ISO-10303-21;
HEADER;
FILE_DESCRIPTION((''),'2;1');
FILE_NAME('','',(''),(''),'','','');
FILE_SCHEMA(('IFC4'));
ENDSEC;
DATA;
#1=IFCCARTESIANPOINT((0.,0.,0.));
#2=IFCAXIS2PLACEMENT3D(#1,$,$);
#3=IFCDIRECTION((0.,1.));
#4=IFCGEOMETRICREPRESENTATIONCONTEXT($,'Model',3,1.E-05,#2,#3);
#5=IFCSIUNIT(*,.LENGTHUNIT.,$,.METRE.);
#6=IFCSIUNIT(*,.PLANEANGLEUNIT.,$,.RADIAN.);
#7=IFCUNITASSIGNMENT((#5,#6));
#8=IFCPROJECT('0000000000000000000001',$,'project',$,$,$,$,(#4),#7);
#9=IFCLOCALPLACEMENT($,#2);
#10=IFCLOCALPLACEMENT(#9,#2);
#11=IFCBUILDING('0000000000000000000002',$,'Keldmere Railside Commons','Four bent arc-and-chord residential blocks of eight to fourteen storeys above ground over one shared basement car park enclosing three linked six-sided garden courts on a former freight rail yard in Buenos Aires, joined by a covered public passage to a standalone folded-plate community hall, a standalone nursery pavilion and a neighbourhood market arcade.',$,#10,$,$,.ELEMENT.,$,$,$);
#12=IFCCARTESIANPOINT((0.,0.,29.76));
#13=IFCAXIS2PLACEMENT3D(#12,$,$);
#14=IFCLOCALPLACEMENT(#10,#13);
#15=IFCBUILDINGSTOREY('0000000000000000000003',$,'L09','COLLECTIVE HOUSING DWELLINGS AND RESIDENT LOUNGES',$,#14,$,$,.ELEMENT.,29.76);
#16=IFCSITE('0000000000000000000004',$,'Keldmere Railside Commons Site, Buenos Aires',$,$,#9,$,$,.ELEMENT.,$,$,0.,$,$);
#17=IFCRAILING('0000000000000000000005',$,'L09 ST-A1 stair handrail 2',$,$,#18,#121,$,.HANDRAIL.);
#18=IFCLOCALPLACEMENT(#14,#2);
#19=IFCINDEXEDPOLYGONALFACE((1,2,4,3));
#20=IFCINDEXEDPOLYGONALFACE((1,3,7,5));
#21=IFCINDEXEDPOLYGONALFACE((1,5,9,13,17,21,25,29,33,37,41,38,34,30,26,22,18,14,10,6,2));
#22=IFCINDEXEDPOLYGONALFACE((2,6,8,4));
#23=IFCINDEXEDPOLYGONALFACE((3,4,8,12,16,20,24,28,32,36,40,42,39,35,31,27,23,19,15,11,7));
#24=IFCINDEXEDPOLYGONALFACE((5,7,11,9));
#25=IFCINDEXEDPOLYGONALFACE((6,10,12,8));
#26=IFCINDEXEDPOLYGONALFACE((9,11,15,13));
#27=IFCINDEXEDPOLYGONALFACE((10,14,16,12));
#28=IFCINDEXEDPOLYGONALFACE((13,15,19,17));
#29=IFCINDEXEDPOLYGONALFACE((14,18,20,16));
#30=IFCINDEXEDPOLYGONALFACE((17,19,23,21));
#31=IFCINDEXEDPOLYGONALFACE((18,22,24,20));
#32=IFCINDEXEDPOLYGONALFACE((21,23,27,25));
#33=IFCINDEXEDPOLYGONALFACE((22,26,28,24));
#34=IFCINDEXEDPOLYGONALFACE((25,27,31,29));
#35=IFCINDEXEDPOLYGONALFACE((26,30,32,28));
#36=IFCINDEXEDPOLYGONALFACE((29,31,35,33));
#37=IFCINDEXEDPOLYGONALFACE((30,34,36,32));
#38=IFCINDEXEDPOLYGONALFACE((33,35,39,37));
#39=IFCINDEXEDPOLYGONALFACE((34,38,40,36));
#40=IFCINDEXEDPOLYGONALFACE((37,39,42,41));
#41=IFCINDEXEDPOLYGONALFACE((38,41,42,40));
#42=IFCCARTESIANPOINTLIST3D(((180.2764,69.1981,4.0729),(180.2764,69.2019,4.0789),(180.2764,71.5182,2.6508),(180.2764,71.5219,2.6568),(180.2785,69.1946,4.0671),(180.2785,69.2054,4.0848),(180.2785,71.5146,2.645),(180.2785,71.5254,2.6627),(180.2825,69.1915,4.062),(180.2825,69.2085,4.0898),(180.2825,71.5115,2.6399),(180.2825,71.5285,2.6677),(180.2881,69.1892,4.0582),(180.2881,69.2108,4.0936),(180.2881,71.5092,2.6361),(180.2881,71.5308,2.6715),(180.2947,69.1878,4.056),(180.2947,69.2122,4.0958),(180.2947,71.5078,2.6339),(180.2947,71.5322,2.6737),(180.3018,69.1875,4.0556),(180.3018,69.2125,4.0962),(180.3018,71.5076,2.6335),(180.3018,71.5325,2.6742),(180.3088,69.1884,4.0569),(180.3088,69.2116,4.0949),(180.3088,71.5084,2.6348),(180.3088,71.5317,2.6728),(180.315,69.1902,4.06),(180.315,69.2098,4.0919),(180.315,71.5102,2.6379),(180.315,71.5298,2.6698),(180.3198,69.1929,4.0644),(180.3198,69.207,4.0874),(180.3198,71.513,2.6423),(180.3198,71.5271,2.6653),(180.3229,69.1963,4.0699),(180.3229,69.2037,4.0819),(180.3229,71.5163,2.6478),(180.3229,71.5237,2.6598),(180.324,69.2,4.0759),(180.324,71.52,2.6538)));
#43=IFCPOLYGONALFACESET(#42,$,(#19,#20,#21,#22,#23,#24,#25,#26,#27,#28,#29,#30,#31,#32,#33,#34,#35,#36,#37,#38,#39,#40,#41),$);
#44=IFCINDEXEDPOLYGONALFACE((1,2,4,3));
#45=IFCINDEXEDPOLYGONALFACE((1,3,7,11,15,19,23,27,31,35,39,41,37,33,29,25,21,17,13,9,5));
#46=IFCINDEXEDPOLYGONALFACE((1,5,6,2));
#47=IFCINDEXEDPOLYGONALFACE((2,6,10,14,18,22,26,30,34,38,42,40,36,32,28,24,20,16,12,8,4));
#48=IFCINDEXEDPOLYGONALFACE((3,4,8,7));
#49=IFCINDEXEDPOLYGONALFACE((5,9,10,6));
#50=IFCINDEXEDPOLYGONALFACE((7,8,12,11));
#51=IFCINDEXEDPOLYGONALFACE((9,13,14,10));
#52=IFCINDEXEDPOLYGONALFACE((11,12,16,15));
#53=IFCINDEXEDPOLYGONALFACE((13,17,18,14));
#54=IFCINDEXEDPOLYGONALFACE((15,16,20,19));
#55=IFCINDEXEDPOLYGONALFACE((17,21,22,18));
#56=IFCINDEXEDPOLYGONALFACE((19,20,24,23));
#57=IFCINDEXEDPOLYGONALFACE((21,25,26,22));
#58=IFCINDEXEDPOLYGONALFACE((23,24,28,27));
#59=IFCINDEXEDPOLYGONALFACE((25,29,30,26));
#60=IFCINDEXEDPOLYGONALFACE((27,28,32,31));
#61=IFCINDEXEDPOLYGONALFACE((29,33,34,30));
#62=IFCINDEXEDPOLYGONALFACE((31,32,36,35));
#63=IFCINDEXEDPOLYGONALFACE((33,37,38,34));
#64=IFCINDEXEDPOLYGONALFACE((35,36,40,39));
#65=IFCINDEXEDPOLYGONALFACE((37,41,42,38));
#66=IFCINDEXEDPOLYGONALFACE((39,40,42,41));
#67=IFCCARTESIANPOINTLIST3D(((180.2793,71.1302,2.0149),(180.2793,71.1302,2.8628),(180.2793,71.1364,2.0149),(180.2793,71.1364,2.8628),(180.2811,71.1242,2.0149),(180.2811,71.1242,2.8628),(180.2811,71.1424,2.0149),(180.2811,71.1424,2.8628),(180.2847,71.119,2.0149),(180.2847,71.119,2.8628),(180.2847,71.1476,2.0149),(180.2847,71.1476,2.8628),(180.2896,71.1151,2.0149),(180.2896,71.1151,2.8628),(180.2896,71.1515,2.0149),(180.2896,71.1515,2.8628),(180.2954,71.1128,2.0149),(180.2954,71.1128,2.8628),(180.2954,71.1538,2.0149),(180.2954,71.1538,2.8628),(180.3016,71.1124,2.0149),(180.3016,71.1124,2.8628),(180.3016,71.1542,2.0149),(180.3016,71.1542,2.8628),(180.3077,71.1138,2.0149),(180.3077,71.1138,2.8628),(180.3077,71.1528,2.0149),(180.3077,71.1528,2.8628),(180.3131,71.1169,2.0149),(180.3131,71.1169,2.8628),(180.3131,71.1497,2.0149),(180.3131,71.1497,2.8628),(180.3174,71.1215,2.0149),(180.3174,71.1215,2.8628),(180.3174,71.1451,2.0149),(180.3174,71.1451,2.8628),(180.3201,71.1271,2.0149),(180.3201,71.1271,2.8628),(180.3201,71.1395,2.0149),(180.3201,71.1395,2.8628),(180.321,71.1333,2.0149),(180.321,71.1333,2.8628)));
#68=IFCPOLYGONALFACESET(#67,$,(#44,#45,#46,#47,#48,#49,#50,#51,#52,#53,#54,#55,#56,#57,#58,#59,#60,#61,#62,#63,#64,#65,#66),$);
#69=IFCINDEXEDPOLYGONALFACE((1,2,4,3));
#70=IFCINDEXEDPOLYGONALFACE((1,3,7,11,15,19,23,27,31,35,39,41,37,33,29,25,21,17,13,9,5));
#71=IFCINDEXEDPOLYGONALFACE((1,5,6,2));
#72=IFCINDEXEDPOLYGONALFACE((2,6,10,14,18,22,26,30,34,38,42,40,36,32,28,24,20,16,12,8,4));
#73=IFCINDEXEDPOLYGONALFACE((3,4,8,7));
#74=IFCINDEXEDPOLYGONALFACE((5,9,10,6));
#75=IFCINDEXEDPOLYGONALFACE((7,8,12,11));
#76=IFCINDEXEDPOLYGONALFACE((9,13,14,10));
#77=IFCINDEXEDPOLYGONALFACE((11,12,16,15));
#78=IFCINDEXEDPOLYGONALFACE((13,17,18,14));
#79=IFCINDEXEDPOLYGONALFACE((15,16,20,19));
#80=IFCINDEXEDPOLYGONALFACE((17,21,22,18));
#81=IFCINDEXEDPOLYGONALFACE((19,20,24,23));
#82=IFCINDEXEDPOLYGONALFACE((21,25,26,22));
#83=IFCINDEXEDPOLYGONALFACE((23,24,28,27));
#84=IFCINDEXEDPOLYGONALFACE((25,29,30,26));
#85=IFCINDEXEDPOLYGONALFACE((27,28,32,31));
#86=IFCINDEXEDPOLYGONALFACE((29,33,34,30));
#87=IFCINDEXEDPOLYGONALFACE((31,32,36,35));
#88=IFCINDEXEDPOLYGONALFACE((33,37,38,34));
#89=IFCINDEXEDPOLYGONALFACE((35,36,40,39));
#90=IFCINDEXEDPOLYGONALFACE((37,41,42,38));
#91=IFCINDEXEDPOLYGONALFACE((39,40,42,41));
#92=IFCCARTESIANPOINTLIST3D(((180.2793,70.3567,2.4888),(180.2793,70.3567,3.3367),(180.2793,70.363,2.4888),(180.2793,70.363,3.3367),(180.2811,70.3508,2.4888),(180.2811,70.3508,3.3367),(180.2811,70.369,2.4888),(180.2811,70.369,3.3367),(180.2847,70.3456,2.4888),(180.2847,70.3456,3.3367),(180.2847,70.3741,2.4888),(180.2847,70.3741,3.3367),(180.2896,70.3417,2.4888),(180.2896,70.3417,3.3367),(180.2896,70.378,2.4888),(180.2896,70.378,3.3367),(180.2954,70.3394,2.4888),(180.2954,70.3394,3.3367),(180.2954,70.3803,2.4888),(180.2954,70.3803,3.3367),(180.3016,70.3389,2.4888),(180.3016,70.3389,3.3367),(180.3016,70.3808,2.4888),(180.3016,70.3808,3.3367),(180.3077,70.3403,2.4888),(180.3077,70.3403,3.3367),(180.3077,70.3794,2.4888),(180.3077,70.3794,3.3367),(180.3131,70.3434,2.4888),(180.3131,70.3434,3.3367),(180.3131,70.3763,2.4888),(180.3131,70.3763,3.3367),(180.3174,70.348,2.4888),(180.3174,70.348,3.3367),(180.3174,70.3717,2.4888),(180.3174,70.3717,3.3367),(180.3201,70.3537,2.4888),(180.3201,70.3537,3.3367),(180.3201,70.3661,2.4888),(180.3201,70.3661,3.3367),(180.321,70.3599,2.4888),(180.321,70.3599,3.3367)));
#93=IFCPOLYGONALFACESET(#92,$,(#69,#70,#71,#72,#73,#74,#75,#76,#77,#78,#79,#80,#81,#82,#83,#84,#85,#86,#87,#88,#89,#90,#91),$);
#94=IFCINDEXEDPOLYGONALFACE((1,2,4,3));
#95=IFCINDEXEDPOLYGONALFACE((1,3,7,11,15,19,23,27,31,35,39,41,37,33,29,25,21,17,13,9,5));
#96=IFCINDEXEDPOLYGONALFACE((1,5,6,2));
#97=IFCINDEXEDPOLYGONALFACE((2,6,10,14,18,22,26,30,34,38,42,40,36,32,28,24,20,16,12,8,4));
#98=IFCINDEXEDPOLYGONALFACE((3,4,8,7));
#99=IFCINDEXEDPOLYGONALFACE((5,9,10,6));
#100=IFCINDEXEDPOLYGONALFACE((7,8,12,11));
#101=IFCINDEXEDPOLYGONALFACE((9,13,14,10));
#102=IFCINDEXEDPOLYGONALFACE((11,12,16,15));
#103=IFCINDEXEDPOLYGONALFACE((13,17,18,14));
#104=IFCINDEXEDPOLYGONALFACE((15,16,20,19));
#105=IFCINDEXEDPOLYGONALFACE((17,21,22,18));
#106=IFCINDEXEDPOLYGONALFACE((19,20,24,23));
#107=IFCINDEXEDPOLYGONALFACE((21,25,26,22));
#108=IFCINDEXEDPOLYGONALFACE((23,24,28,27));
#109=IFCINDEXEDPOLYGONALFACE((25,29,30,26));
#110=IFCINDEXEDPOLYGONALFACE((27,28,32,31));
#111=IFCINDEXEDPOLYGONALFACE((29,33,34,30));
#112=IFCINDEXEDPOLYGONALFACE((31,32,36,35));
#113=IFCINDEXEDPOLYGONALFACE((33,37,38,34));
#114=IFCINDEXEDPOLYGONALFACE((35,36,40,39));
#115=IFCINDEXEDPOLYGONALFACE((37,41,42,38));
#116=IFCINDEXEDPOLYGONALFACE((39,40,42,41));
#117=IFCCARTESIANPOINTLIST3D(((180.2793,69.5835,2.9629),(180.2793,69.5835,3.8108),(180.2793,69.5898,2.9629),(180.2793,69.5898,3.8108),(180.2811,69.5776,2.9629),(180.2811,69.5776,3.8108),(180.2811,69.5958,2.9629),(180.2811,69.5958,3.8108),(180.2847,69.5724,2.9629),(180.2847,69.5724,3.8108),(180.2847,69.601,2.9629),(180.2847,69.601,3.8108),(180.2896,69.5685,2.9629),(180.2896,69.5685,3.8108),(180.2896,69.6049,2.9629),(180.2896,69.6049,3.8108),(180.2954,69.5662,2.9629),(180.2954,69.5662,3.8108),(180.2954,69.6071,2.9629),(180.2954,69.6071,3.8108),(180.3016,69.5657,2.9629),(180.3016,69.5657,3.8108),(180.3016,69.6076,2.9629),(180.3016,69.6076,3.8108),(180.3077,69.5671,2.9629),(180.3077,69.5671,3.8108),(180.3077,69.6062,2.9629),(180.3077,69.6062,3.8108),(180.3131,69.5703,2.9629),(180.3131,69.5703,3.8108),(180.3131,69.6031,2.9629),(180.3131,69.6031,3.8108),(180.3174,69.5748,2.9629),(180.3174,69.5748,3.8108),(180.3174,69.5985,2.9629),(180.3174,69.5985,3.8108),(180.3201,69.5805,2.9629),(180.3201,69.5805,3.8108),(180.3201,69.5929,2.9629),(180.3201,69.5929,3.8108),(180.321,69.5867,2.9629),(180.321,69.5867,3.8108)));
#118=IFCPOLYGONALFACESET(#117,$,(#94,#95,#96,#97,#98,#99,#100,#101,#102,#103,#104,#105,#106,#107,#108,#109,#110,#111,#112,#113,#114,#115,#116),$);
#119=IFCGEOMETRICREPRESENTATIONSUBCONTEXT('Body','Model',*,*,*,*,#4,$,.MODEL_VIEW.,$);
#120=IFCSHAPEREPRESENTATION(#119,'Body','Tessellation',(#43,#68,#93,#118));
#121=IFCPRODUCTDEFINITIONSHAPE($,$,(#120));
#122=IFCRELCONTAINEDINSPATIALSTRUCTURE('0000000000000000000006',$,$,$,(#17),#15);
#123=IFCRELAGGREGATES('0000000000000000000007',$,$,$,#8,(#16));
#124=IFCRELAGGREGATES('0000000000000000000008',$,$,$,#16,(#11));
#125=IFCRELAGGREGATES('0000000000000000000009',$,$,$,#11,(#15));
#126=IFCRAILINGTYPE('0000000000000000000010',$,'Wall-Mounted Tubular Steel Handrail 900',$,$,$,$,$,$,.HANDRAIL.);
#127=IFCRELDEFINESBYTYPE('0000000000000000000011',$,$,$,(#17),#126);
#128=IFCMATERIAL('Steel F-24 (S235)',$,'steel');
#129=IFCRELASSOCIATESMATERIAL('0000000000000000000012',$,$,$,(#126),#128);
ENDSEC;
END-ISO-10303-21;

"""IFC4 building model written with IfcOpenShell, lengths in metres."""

from ifc_helpers import new_model, si_unit, direction, frame, origin, origin_2d, place, context, subcontext, project, spatial, circle, extrude, material, type_object, element, save


model = new_model("IFC4")

# Units and contexts
model_context = context("Model", 3, precision=1e-05, world=origin(), true_north=direction((0.0, 1.0)))
body_context = subcontext(model_context, "Body", "Model", "MODEL_VIEW")
ifc_project = project(units=[si_unit("LENGTHUNIT", "METRE"), si_unit("PLANEANGLEUNIT", "RADIAN")], contexts=[model_context])

# Site, building, storey
site_placement = place(None, origin())
site = spatial("IfcSite", under=ifc_project, at=site_placement, Name="Keldmere Railside Commons Site, Buenos Aires", CompositionType="ELEMENT", RefElevation=0.0)
building_placement = place(site_placement, origin())
building = spatial("IfcBuilding", under=site, at=building_placement, Name="Keldmere Railside Commons", Description="Four bent arc-and-chord residential blocks of eight to fourteen storeys above ground over one shared basement car park enclosing three linked six-sided garden courts on a former freight rail yard in Buenos Aires, joined by a covered public passage to a standalone folded-plate community hall, a standalone nursery pavilion and a neighbourhood market arcade.", CompositionType="ELEMENT")
storey_placement = place(building_placement, frame((0.0, 0.0, 29.76)))
storey = spatial("IfcBuildingStorey", under=building, at=storey_placement, Name="L09", Description="COLLECTIVE HOUSING DWELLINGS AND RESIDENT LOUNGES", CompositionType="ELEMENT", Elevation=29.76)

# Shared definitions
ifc_material_1 = material(Name="Steel F-24 (S235)", Category="steel")

# Railing
railing_type_1 = type_object("IfcRailingType", Name="Wall-Mounted Tubular Steel Handrail 900", PredefinedType="HANDRAIL", material=ifc_material_1)
railing_1_placement = place(storey_placement, frame((180.3, 71.52, 1.7778)))
element("IfcRailing", 1, at=railing_1_placement, inside=storey, type_object=railing_type_1, Name="L09 ST-A1 stair handrail 2", PredefinedType="HANDRAIL", context=body_context, shape_type="SweptSolid", body=[
    extrude(circle(Radius=0.0239, at=origin_2d()), frame((0.0, 0.0, 0.876), z_axis=(0.0, -0.852578, 0.5226), x_axis=(1.0, 0.0, 0.0)), (0.0, 0.0, 1.0), 2.7212),
    extrude(circle(Radius=0.021, at=origin_2d()), frame((0.0, -0.3867, 0.2371)), (0.0, 0.0, 1.0), 0.8479),
    extrude(circle(Radius=0.021, at=origin_2d()), frame((0.0, -1.1602, 0.7109)), (0.0, 0.0, 1.0), 0.8479),
    extrude(circle(Radius=0.021, at=origin_2d()), frame((0.0, -1.9333, 1.1851)), (0.0, 0.0, 1.0), 0.8479),
])

save(model, "model.ifc")
